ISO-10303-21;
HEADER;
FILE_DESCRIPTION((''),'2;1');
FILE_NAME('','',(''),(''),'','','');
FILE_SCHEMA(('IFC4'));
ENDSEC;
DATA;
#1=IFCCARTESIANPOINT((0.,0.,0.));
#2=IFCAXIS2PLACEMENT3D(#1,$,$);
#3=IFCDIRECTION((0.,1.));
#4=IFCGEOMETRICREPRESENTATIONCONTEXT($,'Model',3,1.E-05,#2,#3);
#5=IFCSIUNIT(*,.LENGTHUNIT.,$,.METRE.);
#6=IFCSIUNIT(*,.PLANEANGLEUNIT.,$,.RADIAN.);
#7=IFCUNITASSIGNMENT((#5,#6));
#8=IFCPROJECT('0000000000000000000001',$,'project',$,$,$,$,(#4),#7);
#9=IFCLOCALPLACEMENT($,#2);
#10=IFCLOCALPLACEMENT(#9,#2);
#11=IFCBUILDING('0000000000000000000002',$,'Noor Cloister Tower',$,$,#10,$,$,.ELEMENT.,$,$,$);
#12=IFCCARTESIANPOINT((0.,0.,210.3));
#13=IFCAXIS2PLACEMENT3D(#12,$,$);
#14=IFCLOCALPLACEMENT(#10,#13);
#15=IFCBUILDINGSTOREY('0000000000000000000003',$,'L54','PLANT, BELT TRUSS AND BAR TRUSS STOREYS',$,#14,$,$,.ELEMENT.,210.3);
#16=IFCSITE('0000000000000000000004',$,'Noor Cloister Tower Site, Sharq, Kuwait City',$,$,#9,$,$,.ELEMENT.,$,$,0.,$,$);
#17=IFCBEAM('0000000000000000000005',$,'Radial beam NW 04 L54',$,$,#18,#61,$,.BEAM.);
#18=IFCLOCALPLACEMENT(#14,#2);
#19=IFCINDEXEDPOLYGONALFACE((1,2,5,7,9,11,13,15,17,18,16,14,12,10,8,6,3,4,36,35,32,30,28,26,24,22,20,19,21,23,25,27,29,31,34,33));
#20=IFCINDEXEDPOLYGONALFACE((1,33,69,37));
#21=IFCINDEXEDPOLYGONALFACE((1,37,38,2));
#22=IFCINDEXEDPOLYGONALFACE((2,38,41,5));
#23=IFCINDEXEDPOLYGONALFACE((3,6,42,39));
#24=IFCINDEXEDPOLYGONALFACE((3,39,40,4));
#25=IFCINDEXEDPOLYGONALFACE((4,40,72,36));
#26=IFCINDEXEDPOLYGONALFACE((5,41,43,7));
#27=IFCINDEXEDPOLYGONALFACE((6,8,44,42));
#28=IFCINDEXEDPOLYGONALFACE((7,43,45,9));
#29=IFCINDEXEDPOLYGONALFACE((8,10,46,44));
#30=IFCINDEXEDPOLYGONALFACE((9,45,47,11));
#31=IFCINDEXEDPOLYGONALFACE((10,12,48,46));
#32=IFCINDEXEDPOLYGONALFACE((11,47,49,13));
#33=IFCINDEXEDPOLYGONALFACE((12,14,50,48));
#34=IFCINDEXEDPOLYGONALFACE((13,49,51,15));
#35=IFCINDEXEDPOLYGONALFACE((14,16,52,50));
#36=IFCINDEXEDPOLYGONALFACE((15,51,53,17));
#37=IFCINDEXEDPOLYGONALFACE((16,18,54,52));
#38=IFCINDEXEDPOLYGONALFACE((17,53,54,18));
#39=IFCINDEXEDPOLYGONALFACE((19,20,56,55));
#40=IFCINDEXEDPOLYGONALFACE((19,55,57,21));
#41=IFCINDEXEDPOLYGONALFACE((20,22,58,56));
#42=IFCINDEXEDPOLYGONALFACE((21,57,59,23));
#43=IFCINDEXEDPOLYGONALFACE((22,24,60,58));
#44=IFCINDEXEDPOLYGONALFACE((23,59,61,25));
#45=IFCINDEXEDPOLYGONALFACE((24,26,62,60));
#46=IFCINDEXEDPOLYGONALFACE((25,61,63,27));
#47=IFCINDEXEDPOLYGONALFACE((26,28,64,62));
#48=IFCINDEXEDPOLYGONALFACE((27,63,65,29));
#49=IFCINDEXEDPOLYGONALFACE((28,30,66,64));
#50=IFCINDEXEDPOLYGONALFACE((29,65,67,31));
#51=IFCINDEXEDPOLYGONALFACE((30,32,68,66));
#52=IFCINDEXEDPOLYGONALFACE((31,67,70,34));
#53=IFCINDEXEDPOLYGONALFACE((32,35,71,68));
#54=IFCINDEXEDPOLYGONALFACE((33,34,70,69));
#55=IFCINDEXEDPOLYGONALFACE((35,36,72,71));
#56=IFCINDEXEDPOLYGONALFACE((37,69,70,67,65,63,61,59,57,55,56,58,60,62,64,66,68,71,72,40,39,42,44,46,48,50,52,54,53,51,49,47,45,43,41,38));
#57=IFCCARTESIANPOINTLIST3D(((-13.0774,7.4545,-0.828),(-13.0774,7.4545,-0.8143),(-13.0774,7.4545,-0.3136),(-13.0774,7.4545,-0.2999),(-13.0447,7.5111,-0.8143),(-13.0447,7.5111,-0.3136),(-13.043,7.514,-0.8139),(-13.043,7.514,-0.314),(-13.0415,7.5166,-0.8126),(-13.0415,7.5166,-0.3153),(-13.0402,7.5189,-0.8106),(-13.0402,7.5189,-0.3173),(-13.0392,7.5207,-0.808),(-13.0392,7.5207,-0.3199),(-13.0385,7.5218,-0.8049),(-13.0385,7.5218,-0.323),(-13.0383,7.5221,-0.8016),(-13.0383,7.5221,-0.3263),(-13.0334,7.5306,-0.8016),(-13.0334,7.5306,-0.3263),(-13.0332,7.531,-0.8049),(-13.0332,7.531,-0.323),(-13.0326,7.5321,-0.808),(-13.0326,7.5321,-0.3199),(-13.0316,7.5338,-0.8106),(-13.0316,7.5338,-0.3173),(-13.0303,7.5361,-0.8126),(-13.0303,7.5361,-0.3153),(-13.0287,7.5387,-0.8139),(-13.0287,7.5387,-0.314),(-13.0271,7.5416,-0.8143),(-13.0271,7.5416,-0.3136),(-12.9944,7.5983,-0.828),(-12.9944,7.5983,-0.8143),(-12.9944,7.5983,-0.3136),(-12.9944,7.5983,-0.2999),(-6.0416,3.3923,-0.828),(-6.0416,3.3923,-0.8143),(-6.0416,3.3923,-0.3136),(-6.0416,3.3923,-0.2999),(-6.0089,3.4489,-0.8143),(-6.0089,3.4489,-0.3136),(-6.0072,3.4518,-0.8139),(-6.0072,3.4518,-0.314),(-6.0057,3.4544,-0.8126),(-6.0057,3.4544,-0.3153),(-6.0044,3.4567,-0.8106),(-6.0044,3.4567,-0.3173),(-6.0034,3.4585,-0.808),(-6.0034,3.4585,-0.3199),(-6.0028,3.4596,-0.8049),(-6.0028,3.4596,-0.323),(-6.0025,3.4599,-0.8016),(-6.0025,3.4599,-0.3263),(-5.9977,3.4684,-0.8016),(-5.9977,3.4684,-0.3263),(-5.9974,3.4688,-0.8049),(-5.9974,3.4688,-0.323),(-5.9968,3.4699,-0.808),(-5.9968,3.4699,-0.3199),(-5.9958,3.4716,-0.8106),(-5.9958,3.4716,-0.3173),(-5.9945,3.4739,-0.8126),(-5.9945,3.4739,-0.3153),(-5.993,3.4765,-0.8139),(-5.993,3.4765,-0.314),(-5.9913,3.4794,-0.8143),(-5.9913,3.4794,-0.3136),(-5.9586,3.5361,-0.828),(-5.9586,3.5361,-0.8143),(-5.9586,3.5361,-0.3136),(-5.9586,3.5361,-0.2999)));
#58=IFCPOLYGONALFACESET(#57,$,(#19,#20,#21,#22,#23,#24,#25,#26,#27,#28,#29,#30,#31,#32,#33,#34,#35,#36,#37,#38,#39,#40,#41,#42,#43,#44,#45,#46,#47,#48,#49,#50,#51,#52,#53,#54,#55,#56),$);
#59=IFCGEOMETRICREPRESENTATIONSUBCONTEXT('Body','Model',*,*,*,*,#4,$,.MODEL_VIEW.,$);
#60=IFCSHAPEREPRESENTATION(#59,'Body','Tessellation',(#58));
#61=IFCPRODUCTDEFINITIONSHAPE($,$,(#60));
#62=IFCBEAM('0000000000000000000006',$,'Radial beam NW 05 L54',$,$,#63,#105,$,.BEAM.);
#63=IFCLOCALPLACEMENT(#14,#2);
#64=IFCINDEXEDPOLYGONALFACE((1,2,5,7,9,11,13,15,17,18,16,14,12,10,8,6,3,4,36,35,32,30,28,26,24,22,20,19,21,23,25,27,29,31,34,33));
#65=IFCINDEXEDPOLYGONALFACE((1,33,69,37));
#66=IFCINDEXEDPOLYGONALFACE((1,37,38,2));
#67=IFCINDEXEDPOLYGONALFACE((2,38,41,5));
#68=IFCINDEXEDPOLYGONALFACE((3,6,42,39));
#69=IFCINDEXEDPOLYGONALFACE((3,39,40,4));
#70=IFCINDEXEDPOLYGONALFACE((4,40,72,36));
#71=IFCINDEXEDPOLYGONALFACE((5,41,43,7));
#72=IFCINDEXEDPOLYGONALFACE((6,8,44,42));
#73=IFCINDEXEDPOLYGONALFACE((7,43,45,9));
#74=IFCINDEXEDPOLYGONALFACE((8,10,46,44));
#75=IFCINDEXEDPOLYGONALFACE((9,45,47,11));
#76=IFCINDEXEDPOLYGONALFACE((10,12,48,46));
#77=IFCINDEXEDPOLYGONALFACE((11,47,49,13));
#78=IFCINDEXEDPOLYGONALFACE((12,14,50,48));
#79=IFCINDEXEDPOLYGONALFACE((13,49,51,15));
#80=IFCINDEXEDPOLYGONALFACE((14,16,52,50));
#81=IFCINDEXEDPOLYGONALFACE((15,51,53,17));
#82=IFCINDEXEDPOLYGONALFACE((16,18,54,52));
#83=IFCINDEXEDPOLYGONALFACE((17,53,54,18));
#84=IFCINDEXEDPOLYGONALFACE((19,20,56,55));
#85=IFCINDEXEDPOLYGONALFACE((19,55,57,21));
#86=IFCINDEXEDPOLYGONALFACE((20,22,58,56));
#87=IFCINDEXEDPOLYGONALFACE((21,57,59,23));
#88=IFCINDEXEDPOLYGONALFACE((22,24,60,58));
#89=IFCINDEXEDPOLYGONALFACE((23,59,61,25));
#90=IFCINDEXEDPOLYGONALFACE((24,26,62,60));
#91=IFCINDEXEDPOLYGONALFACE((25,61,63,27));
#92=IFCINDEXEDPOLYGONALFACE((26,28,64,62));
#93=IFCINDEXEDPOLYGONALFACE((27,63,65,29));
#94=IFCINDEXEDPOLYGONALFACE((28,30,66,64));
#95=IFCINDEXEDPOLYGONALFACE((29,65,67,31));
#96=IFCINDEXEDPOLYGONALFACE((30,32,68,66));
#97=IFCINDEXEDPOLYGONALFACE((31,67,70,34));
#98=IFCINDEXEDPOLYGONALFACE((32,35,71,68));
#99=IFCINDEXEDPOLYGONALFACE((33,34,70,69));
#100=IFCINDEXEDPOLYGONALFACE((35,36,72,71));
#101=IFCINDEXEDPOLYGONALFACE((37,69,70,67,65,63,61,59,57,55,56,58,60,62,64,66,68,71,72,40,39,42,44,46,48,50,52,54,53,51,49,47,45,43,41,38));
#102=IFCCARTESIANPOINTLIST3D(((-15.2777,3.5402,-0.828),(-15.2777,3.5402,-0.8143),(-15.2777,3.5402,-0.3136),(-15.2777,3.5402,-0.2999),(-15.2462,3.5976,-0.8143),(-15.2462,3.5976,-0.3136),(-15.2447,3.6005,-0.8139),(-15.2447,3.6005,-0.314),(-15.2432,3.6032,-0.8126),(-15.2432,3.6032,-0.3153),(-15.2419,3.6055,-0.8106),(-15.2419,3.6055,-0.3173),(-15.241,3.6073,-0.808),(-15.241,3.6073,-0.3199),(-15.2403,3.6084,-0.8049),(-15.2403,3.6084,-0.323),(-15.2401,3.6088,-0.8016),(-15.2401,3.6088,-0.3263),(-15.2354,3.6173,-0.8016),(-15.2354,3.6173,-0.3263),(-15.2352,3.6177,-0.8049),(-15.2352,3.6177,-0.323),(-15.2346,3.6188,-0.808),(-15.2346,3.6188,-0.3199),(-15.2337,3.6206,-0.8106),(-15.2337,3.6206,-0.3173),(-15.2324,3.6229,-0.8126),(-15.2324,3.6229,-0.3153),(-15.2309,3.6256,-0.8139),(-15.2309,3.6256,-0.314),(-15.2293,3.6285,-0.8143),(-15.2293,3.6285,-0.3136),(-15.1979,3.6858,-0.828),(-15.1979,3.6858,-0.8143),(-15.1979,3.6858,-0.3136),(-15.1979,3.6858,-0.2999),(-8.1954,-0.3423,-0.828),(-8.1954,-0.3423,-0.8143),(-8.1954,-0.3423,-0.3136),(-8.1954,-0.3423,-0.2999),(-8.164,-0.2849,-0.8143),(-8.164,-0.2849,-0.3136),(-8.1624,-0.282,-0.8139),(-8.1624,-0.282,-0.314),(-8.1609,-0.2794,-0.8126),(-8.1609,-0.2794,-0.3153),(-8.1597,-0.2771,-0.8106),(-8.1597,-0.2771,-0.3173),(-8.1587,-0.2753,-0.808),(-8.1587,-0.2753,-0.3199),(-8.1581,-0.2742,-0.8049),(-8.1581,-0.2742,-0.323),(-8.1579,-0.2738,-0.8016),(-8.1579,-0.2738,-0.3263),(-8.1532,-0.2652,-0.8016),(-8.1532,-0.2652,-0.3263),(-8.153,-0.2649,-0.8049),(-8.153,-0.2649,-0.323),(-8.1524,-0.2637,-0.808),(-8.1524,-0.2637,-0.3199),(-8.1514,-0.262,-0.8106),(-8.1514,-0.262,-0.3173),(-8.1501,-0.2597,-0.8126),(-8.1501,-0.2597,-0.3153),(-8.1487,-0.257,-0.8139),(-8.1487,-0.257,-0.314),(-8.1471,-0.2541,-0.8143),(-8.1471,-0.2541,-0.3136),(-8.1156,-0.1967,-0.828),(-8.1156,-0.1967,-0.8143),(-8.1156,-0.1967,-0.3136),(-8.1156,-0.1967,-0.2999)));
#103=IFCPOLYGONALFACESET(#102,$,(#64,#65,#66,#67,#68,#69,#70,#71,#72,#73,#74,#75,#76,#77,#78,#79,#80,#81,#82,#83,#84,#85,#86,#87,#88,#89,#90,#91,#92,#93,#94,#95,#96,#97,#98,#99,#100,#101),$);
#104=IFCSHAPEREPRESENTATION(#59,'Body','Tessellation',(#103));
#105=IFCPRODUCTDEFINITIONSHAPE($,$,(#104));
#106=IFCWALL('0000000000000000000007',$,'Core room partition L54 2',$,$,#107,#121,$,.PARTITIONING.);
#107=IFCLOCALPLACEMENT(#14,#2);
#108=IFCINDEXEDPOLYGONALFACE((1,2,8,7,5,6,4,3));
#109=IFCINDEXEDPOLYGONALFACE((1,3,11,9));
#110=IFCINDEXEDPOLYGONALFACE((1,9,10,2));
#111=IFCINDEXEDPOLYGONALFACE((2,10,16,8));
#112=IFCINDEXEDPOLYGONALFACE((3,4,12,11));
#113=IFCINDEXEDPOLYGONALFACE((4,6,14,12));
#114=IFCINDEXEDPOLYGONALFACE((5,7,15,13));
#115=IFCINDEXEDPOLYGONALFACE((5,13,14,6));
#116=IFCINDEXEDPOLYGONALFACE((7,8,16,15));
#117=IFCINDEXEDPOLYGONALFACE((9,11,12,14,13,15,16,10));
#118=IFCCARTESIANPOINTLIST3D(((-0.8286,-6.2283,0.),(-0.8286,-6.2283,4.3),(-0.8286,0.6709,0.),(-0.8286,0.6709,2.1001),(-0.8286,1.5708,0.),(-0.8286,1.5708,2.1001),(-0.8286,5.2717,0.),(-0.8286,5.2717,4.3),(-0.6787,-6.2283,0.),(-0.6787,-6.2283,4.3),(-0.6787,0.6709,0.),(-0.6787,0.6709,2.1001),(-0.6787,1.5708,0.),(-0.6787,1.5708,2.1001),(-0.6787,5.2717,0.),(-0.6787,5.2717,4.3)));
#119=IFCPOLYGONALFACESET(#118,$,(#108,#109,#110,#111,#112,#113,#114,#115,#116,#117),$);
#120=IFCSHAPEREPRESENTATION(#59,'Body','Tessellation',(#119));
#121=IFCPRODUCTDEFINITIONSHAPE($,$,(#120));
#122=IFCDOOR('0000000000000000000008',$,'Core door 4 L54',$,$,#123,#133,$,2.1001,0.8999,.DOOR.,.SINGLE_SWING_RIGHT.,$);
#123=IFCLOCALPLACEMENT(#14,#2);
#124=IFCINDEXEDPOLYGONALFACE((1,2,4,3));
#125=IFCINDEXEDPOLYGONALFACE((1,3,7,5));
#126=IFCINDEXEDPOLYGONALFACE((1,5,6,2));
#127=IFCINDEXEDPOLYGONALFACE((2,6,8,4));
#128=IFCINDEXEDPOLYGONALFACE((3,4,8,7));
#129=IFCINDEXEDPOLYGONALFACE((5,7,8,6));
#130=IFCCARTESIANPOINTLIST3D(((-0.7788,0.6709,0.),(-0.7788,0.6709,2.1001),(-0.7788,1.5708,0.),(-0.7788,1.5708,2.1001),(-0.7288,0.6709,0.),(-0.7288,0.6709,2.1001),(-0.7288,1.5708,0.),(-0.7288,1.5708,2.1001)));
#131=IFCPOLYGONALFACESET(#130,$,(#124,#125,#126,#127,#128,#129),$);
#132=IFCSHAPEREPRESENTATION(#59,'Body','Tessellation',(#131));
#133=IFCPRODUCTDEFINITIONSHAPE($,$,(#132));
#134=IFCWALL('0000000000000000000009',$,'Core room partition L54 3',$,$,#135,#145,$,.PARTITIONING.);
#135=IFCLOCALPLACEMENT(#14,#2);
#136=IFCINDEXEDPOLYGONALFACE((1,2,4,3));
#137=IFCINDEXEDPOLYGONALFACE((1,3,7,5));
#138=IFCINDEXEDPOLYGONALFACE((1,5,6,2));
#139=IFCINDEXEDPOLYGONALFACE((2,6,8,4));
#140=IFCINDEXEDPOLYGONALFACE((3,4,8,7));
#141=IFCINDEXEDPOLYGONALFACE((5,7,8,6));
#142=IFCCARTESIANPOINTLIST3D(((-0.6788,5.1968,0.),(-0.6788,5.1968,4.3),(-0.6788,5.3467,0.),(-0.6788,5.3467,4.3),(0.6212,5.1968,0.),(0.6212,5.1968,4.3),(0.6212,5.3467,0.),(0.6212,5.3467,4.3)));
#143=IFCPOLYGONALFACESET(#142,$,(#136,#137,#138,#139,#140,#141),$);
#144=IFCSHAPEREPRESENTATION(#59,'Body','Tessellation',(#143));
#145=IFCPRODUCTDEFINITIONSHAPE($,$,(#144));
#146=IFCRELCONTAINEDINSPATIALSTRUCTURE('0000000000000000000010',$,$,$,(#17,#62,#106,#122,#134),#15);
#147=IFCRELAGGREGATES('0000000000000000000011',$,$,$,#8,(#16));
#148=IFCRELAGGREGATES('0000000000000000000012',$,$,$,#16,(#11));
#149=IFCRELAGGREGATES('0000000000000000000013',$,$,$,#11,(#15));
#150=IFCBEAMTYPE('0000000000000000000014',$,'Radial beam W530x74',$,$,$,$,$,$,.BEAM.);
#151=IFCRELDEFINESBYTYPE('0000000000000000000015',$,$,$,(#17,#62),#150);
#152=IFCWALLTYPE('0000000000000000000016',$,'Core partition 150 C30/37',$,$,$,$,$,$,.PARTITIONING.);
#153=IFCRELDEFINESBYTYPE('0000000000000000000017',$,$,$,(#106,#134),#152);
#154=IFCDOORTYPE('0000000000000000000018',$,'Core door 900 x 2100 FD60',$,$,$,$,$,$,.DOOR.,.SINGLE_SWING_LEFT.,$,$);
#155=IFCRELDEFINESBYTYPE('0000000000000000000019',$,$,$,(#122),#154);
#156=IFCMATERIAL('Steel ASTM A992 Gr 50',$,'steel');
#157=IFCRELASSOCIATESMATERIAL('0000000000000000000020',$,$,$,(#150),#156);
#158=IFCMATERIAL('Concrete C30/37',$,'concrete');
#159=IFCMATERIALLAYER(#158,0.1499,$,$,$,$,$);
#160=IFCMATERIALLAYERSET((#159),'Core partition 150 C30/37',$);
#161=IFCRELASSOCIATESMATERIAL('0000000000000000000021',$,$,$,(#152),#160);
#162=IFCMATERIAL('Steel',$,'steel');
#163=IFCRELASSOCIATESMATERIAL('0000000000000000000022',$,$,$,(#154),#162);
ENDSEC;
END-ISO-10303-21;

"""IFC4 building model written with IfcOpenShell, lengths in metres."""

from ifc_helpers import new_model, si_unit, direction, frame, frame_2d, origin, origin_2d, place, context, subcontext, project, spatial, rectangle, i_section, extrude, material, layer, layer_set, material_profile, profile_set, type_object, element, fill, save


model = new_model("IFC4")

# Units and contexts
model_context = context("Model", 3, precision=1e-05, world=origin(), true_north=direction((0.0, 1.0)))
body_context = subcontext(model_context, "Body", "Model", "MODEL_VIEW")
ifc_project = project(units=[si_unit("LENGTHUNIT", "METRE"), si_unit("PLANEANGLEUNIT", "RADIAN")], contexts=[model_context])

# Site, building, storey
site_placement = place(None, origin())
site = spatial("IfcSite", under=ifc_project, at=site_placement, Name="Noor Cloister Tower Site, Sharq, Kuwait City", CompositionType="ELEMENT", RefElevation=0.0)
building_placement = place(site_placement, origin())
building = spatial("IfcBuilding", under=site, at=building_placement, Name="Noor Cloister Tower", CompositionType="ELEMENT")
storey_placement = place(building_placement, frame((0.0, 0.0, 210.3)))
storey = spatial("IfcBuildingStorey", under=building, at=storey_placement, Name="L54", Description="PLANT, BELT TRUSS AND BAR TRUSS STOREYS", CompositionType="ELEMENT", Elevation=210.3)

# Beams
ifc_material_1 = material(Name="Steel ASTM A992 Gr 50", Category="steel")
ifc_material_profile_1 = material_profile(ifc_material_1, i_section(OverallWidth=0.166, OverallDepth=0.5281, WebThickness=0.0098, FlangeThickness=0.0137, FilletRadius=0.0127, at=origin_2d()), Name="W530x74")
ifc_profile_set_1 = profile_set([ifc_material_profile_1], Name="Steel ASTM A992 Gr 50")
beam_type_1 = type_object("IfcBeamType", Name="Radial beam W530x74", PredefinedType="BEAM", material=ifc_profile_set_1)
beam_1_placement = place(storey_placement, frame((-13.0359, 7.5264, -0.564), z_axis=(0.866021, -0.500008, 0.0), x_axis=(0.500008, 0.866021, 0.0)))
element("IfcBeam", 1, at=beam_1_placement, inside=storey, type_object=beam_type_1, Name="Radial beam NW 04 L54", PredefinedType="BEAM", context=body_context, shape_type="SweptSolid", body=[
    extrude(i_section(OverallWidth=0.166, OverallDepth=0.5281, WebThickness=0.0098, FlangeThickness=0.0137, FilletRadius=0.0127, at=origin_2d()), origin(), (0.0, 0.0, 1.0), 8.1243),
])
beam_2_placement = place(storey_placement, frame((-15.2378, 3.613, -0.564), z_axis=(0.876878, -0.480713, 0.0), x_axis=(0.480713, 0.876878, 0.0)))
element("IfcBeam", 2, at=beam_2_placement, inside=storey, type_object=beam_type_1, Name="Radial beam NW 05 L54", PredefinedType="BEAM", context=body_context, shape_type="SweptSolid", body=[
    extrude(i_section(OverallWidth=0.166, OverallDepth=0.5281, WebThickness=0.0098, FlangeThickness=0.0137, FilletRadius=0.0127, at=origin_2d()), origin(), (0.0, 0.0, 1.0), 8.0767),
])

# Wall, opening, door
ifc_material_2 = material(Name="Concrete C30/37", Category="concrete")
ifc_layer_1 = layer(ifc_material_2, 0.1499)
ifc_layer_set_1 = layer_set([ifc_layer_1], Name="Core partition 150 C30/37")
wall_type_1 = type_object("IfcWallType", Name="Core partition 150 C30/37", PredefinedType="PARTITIONING", material=ifc_layer_set_1)
wall_1_placement = place(storey_placement, frame((-0.7537, 5.2717, 0.0), z_axis=(0.0, 0.0, 1.0), x_axis=(0.0, -1.0, 0.0)))
wall_1 = element("IfcWall", 3, at=wall_1_placement, inside=storey, type_object=wall_type_1, Name="Core room partition L54 2", PredefinedType="PARTITIONING", context=body_context, shape_type="SweptSolid", body=[
    extrude(rectangle(XDim=11.5, YDim=0.1499, at=frame_2d((5.75, 0.0))), origin(), (0.0, 0.0, 1.0), 4.3),
])
opening_1_placement = place(wall_1_placement, frame((3.7009, 0.0, 0.0)))
opening_1 = element("IfcOpeningElement", 4, at=opening_1_placement, cuts=wall_1, PredefinedType="OPENING", context=body_context, shape_type="SweptSolid", body=[
    extrude(rectangle(XDim=0.8999, YDim=2.1001, at=frame_2d((0.45, 1.05))), frame((0.0, 0.085, 0.0), z_axis=(0.0, -1.0, 0.0), x_axis=(1.0, 0.0, 0.0)), (0.0, 0.0, 1.0), 0.1699),
])
ifc_material_3 = material(Name="Steel", Category="steel")
door_type_1 = type_object("IfcDoorType", Name="Core door 900 x 2100 FD60", OperationType="SINGLE_SWING_LEFT", PredefinedType="DOOR", material=ifc_material_3)
door_1_placement = place(opening_1_placement, origin())
door_1 = element("IfcDoor", 5, at=door_1_placement, inside=storey, type_object=door_type_1, Name="Core door 4 L54", OperationType="SINGLE_SWING_RIGHT", OverallHeight=2.1001, OverallWidth=0.8999, PredefinedType="DOOR", context=body_context, shape_type="SweptSolid", body=[
    extrude(rectangle(XDim=0.8999, YDim=2.1001, at=frame_2d((0.45, 1.05))), frame((0.0, 0.0249, 0.0), z_axis=(0.0, -1.0, 0.0), x_axis=(1.0, 0.0, 0.0)), (0.0, 0.0, 1.0), 0.05),
])
fill(opening_1, door_1)

# Wall
wall_2_placement = place(storey_placement, frame((-0.6787, 5.2717, 0.0), z_axis=(0.0, 0.0, 1.0), x_axis=(1.0, 0.0, 0.0)))
element("IfcWall", 6, at=wall_2_placement, inside=storey, type_object=wall_type_1, Name="Core room partition L54 3", PredefinedType="PARTITIONING", context=body_context, shape_type="SweptSolid", body=[
    extrude(rectangle(XDim=1.3, YDim=0.1499, at=frame_2d((0.6499, 0.0))), origin(), (0.0, 0.0, 1.0), 4.3),
])

save(model, "model.ifc")
